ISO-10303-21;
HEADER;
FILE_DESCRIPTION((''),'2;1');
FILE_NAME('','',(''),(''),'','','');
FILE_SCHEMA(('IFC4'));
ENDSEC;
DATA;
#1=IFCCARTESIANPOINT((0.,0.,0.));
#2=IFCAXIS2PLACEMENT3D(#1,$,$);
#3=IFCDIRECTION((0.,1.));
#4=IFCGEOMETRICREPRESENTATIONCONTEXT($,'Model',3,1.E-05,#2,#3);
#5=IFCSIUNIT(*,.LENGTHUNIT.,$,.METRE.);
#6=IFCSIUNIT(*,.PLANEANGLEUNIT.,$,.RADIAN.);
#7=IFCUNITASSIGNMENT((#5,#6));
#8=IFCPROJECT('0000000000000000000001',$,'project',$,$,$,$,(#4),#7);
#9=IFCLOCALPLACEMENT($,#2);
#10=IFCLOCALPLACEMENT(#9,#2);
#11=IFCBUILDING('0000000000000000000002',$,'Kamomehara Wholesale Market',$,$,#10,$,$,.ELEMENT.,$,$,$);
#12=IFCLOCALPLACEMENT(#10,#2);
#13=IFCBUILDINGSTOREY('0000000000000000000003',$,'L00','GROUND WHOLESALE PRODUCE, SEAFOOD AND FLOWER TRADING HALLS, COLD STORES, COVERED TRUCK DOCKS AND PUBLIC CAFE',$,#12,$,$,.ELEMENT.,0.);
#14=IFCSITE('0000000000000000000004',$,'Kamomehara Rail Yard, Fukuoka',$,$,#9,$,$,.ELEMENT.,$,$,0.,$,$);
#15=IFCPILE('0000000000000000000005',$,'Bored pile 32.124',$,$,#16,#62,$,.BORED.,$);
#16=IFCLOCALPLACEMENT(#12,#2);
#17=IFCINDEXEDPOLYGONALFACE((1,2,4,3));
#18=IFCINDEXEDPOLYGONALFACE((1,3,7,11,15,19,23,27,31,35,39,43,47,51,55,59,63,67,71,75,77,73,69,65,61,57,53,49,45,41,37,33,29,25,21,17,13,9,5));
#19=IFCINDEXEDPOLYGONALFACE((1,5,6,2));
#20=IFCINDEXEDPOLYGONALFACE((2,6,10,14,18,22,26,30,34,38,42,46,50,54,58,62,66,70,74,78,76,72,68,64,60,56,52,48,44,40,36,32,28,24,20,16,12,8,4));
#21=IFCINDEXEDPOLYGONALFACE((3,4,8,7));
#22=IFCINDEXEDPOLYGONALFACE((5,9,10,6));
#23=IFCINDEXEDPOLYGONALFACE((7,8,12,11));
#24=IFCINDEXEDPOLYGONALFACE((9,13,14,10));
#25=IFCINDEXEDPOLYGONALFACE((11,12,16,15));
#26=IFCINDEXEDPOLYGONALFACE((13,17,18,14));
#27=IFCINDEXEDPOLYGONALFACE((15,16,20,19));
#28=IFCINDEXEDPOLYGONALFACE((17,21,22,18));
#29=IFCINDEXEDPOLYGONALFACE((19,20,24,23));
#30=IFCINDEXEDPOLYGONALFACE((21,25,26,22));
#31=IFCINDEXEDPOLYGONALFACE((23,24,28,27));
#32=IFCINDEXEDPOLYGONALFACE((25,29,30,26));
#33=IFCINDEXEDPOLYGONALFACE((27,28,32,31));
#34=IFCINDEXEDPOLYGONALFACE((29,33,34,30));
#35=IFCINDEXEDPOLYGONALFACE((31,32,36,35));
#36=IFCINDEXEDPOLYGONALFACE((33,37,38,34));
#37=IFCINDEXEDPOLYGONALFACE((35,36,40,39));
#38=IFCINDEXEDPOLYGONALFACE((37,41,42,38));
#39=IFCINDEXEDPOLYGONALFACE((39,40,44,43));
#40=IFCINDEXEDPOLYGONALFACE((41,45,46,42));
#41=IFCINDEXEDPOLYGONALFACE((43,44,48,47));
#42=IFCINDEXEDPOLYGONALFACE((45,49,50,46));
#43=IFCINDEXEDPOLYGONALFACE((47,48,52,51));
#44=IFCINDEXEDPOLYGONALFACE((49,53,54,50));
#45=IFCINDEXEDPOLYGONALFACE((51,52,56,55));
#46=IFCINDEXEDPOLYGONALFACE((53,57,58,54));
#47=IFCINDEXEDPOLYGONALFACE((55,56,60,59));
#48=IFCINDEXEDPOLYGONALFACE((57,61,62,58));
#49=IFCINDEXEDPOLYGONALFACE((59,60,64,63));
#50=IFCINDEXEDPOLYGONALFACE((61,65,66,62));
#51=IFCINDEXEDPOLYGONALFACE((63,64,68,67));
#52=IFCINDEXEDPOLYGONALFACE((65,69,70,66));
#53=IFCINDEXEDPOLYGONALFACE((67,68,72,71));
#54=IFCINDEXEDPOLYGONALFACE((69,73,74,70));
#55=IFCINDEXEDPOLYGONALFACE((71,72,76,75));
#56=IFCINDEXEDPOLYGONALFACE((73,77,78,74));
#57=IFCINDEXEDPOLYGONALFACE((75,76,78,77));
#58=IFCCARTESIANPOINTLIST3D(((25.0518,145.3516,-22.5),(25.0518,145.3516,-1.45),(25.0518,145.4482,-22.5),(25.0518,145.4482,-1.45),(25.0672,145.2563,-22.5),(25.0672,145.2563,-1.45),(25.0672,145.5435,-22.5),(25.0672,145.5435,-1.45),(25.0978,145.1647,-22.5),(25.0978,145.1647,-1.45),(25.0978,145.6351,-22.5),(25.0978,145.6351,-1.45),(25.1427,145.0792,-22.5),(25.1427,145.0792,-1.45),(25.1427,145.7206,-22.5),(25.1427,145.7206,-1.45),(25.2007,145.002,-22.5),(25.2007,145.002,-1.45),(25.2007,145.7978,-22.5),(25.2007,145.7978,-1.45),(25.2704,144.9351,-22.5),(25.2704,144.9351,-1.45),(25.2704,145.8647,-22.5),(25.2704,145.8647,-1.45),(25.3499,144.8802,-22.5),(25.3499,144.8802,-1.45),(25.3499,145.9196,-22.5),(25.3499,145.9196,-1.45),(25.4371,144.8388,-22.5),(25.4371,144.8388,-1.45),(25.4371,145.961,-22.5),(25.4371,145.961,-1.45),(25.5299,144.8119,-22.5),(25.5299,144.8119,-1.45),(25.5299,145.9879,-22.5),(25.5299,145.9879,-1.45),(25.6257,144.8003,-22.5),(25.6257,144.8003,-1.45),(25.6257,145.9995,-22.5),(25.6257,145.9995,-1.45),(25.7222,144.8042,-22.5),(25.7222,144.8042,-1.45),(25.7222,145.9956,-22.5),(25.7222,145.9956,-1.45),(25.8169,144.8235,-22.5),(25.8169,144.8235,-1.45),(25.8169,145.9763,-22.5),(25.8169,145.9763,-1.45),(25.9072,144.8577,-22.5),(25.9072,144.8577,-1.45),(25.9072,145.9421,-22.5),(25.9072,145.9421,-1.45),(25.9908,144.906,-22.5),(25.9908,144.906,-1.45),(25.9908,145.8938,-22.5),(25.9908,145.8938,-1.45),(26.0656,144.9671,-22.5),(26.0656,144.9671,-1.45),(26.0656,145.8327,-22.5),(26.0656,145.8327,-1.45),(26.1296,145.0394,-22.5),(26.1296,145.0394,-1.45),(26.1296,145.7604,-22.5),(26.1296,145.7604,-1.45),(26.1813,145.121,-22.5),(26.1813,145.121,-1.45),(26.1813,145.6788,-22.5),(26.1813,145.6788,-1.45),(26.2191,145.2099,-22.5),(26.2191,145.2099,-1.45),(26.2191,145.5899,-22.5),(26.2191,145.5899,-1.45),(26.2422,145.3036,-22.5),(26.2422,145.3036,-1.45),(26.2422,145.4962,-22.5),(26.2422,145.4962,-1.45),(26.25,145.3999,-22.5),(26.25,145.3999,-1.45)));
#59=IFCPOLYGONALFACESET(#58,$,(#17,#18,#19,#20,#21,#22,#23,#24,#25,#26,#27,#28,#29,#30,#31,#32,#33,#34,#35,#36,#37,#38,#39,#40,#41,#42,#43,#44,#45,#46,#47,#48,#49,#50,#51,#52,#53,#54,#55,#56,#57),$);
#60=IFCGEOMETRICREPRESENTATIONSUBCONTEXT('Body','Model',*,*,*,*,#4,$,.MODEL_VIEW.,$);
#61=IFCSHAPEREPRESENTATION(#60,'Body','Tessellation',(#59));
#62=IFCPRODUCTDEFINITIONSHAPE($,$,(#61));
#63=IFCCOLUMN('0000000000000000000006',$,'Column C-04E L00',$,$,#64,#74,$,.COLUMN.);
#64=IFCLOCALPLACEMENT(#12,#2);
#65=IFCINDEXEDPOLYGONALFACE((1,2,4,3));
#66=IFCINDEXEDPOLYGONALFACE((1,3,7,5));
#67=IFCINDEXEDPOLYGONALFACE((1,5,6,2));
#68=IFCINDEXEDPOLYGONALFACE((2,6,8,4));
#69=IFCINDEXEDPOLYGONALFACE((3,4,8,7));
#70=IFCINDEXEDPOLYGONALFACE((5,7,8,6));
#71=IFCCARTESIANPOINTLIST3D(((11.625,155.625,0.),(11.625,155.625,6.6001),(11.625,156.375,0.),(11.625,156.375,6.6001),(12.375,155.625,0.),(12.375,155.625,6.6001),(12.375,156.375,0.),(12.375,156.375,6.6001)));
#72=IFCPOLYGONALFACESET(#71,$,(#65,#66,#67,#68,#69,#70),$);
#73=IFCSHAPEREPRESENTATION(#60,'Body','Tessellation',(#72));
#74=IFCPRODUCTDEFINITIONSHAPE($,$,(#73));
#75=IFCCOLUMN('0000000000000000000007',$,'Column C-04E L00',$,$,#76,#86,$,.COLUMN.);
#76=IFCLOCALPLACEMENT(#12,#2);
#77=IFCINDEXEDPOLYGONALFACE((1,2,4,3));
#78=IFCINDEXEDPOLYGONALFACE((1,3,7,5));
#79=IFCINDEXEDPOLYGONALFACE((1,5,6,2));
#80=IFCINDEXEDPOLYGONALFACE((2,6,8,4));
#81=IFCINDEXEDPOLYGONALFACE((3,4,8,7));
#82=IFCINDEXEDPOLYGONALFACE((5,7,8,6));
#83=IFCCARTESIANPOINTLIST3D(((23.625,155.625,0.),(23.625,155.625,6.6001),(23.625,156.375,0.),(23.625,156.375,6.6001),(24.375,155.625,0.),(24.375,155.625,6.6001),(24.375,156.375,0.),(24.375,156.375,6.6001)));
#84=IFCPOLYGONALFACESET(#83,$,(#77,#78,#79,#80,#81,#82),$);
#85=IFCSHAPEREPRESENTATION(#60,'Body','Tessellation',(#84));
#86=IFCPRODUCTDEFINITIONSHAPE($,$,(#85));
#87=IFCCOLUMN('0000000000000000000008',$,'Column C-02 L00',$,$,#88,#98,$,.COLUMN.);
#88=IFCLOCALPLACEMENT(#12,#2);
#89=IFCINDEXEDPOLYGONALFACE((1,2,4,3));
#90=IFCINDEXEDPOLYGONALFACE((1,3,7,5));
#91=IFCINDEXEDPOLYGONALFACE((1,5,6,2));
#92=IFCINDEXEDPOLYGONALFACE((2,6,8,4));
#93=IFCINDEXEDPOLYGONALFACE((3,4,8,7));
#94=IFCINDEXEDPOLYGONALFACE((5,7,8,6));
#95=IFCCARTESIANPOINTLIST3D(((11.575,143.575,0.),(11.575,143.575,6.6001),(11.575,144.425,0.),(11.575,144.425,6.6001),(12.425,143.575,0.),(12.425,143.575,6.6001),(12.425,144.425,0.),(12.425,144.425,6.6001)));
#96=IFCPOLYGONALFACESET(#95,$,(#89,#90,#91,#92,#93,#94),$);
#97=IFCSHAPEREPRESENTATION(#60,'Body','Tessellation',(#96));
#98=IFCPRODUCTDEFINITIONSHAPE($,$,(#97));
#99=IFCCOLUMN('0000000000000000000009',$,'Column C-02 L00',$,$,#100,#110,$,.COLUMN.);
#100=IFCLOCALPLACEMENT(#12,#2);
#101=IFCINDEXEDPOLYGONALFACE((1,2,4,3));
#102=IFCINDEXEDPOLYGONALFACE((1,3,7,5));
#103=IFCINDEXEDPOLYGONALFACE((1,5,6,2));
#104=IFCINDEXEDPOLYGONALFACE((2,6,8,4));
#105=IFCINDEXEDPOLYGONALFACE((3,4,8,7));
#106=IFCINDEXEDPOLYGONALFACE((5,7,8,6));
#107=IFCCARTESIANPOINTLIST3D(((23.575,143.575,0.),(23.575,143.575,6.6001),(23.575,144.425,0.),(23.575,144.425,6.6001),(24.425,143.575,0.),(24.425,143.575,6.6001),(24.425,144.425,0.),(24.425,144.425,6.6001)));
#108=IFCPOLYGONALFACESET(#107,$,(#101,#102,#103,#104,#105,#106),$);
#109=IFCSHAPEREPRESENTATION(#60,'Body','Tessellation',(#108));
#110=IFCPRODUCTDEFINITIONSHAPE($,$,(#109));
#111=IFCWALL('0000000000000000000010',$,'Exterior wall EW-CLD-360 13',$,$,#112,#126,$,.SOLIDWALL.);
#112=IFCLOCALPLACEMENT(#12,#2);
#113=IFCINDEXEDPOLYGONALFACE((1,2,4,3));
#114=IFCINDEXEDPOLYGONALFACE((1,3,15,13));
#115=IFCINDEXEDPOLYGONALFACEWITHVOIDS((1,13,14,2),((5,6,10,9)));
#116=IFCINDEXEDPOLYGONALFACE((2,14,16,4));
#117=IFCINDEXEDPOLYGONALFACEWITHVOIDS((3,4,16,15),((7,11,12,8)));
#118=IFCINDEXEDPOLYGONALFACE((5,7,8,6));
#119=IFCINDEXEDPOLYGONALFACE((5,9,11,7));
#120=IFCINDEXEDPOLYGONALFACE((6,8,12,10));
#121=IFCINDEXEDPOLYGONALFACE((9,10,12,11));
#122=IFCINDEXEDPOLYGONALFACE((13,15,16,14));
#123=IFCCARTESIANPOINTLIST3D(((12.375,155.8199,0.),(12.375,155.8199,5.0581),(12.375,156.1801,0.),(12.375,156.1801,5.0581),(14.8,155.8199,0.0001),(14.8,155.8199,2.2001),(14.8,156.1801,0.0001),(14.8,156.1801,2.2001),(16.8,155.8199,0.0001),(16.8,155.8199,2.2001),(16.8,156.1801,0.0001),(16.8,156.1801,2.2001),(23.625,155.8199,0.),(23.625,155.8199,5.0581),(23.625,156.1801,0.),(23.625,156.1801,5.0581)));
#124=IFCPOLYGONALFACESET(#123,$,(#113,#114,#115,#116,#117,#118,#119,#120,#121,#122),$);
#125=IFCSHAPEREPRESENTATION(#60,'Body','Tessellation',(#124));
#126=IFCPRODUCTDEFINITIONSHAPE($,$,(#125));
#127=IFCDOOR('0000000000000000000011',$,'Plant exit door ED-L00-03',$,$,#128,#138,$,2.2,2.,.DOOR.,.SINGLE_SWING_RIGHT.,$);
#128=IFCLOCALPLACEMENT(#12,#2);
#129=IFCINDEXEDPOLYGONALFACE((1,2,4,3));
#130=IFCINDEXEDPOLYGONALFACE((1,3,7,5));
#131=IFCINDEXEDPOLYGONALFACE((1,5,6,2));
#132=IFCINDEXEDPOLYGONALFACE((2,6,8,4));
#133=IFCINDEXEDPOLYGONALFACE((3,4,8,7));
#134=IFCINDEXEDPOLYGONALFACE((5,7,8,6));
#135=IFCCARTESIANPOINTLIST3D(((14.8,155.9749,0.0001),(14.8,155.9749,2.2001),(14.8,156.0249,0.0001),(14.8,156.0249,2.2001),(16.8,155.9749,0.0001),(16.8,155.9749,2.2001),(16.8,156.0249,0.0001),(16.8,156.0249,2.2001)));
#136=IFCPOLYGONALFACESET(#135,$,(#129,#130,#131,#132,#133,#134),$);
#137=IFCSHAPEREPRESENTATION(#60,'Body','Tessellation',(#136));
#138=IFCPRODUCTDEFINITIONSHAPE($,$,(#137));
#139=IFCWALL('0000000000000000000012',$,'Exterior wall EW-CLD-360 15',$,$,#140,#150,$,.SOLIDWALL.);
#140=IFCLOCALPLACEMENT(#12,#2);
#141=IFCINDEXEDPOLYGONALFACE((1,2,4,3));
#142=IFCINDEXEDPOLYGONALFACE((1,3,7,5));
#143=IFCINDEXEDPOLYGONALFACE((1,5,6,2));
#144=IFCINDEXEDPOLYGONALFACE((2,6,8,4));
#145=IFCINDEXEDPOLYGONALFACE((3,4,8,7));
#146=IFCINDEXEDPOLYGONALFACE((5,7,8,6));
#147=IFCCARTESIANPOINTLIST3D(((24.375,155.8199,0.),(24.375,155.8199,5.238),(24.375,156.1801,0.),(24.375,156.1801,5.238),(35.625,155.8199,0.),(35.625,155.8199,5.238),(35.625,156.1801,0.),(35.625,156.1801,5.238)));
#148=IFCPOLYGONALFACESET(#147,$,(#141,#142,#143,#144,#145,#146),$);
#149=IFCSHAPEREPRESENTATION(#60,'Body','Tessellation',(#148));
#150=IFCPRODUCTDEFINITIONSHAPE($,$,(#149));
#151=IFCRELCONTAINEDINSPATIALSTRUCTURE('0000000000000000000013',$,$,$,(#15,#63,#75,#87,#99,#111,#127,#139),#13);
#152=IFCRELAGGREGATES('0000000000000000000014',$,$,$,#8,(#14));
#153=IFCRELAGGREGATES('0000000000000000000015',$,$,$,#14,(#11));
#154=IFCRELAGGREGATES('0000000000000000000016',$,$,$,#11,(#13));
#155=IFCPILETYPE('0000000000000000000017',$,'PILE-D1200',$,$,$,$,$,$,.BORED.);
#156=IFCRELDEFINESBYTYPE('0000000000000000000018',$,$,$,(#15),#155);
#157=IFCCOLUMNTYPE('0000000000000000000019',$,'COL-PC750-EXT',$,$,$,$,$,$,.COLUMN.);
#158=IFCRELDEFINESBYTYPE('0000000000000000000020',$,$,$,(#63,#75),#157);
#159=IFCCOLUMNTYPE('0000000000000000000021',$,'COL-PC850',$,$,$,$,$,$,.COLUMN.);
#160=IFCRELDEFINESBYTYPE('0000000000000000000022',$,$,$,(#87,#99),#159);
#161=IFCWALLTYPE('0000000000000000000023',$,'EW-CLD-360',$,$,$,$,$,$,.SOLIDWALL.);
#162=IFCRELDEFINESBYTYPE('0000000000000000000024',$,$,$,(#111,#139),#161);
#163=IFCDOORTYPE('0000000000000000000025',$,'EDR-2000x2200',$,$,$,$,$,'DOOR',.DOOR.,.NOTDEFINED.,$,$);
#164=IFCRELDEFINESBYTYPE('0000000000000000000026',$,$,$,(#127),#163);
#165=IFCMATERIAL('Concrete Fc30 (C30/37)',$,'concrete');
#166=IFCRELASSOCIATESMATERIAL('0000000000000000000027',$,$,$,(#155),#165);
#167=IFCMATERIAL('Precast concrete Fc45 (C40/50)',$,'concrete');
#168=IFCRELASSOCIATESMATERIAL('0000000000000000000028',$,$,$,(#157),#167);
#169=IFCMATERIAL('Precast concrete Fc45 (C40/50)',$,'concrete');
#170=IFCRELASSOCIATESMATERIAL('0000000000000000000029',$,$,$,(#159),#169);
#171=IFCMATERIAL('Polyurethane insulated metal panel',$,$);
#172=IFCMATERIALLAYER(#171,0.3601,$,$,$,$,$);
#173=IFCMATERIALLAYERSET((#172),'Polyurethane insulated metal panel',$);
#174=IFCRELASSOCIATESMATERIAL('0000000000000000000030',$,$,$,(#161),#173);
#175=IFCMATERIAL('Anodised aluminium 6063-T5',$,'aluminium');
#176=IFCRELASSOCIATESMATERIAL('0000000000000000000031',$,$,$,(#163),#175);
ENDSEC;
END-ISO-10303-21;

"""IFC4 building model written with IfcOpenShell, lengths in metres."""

from ifc_helpers import new_model, si_unit, direction, frame, frame_2d, origin, origin_2d, place, context, subcontext, project, spatial, rectangle, circle, extrude, material, layer, layer_set, material_profile, profile_set, type_object, element, fill, save


model = new_model("IFC4")

# Units and contexts
model_context = context("Model", 3, precision=1e-05, world=origin(), true_north=direction((0.0, 1.0)))
body_context = subcontext(model_context, "Body", "Model", "MODEL_VIEW")
ifc_project = project(units=[si_unit("LENGTHUNIT", "METRE"), si_unit("PLANEANGLEUNIT", "RADIAN")], contexts=[model_context])

# Site, building, storey
site_placement = place(None, origin())
site = spatial("IfcSite", under=ifc_project, at=site_placement, Name="Kamomehara Rail Yard, Fukuoka", CompositionType="ELEMENT", RefElevation=0.0)
building_placement = place(site_placement, origin())
building = spatial("IfcBuilding", under=site, at=building_placement, Name="Kamomehara Wholesale Market", CompositionType="ELEMENT")
storey_placement = place(building_placement, origin())
storey = spatial("IfcBuildingStorey", under=building, at=storey_placement, Name="L00", Description="GROUND WHOLESALE PRODUCE, SEAFOOD AND FLOWER TRADING HALLS, COLD STORES, COVERED TRUCK DOCKS AND PUBLIC CAFE", CompositionType="ELEMENT", Elevation=0.0)

# Pile
ifc_material_1 = material(Name="Concrete Fc30 (C30/37)", Category="concrete")
ifc_material_profile_1 = material_profile(ifc_material_1, circle(Radius=0.6001, at=origin_2d()), Name="RC-PILE-D1200")
ifc_profile_set_1 = profile_set([ifc_material_profile_1], Name="Concrete Fc30 (C30/37)")
pile_type_1 = type_object("IfcPileType", Name="PILE-D1200", PredefinedType="BORED", material=ifc_profile_set_1)
for number, where, z_axis, x_axis, name in (
    (1, (25.6499, 145.3999, -1.45), (0.0, 0.0, -1.0), (1.0, 0.0, 0.0), "Bored pile 32.124"),
):
    element("IfcPile", number, at=place(storey_placement, frame(where, z_axis=z_axis, x_axis=x_axis)), inside=storey, type_object=pile_type_1, Name=name, PredefinedType="BORED", context=body_context, shape_type="SweptSolid", body=[
        extrude(circle(Radius=0.6001, at=origin_2d()), origin(), (0.0, 0.0, 1.0), 21.05),
    ])

# Columns
ifc_material_2 = material(Name="Precast concrete Fc45 (C40/50)", Category="concrete")
ifc_material_profile_2 = material_profile(ifc_material_2, rectangle(XDim=0.75, YDim=0.75, at=origin_2d()), Name="PC-COL-750x750")
ifc_profile_set_2 = profile_set([ifc_material_profile_2], Name="Precast concrete Fc45 (C40/50)")
column_type_1 = type_object("IfcColumnType", Name="COL-PC750-EXT", PredefinedType="COLUMN", material=ifc_profile_set_2)
for number, where, z_axis, x_axis, name in (
    (2, (12.0, 156.0, 0.0), (0.0, 0.0, 1.0), (1.0, 0.0, 0.0), "Column C-04E L00"),
    (3, (24.0, 156.0, 0.0), (0.0, 0.0, 1.0), (1.0, 0.0, 0.0), "Column C-04E L00"),
):
    element("IfcColumn", number, at=place(storey_placement, frame(where, z_axis=z_axis, x_axis=x_axis)), inside=storey, type_object=column_type_1, Name=name, PredefinedType="COLUMN", context=body_context, shape_type="SweptSolid", body=[
        extrude(rectangle(XDim=0.75, YDim=0.75, at=origin_2d()), origin(), (0.0, 0.0, 1.0), 6.6001),
    ])
ifc_material_3 = material(Name="Precast concrete Fc45 (C40/50)", Category="concrete")
ifc_material_profile_3 = material_profile(ifc_material_3, rectangle(XDim=0.8501, YDim=0.8501, at=origin_2d()), Name="PC-COL-850x850")
ifc_profile_set_3 = profile_set([ifc_material_profile_3], Name="Precast concrete Fc45 (C40/50)")
column_type_2 = type_object("IfcColumnType", Name="COL-PC850", PredefinedType="COLUMN", material=ifc_profile_set_3)
for number, where, z_axis, x_axis, name in (
    (4, (12.0, 144.0, 0.0), (0.0, 0.0, 1.0), (1.0, 0.0, 0.0), "Column C-02 L00"),
    (5, (24.0, 144.0, 0.0), (0.0, 0.0, 1.0), (1.0, 0.0, 0.0), "Column C-02 L00"),
):
    element("IfcColumn", number, at=place(storey_placement, frame(where, z_axis=z_axis, x_axis=x_axis)), inside=storey, type_object=column_type_2, Name=name, PredefinedType="COLUMN", context=body_context, shape_type="SweptSolid", body=[
        extrude(rectangle(XDim=0.8501, YDim=0.8501, at=origin_2d()), origin(), (0.0, 0.0, 1.0), 6.6001),
    ])

# Wall, opening, door
ifc_material_4 = material(Name="Polyurethane insulated metal panel")
ifc_layer = layer(ifc_material_4, 0.3601)
ifc_layer_set = layer_set([ifc_layer], Name="Polyurethane insulated metal panel")
wall_type = type_object("IfcWallType", Name="EW-CLD-360", PredefinedType="SOLIDWALL", material=ifc_layer_set)
wall_1_placement = place(storey_placement, frame((12.375, 156.0, 0.0), z_axis=(0.0, 0.0, 1.0), x_axis=(1.0, 0.0, 0.0)))
wall_1 = element("IfcWall", 6, at=wall_1_placement, inside=storey, type_object=wall_type, Name="Exterior wall EW-CLD-360 13", PredefinedType="SOLIDWALL", context=body_context, shape_type="SweptSolid", body=[
    extrude(rectangle(XDim=11.25, YDim=0.3601, at=frame_2d((5.625, 0.0))), origin(), (0.0, 0.0, 1.0), 5.0581),
])
opening_placement = place(wall_1_placement, frame((2.425, 0.0, 0.0)))
opening = element("IfcOpeningElement", 7, at=opening_placement, cuts=wall_1, PredefinedType="OPENING", context=body_context, shape_type="SweptSolid", body=[
    extrude(rectangle(XDim=2.0, YDim=2.2, at=frame_2d((1.0, 1.1001))), frame((0.0, 0.1948, 0.0), z_axis=(0.0, -1.0, 0.0), x_axis=(1.0, 0.0, 0.0)), (0.0, 0.0, 1.0), 0.3899),
])
ifc_material_5 = material(Name="Anodised aluminium 6063-T5", Category="aluminium")
door_type = type_object("IfcDoorType", Name="EDR-2000x2200", ElementType="DOOR", OperationType="NOTDEFINED", PredefinedType="DOOR", material=ifc_material_5)
door_placement = place(opening_placement, origin())
door = element("IfcDoor", 8, at=door_placement, inside=storey, type_object=door_type, Name="Plant exit door ED-L00-03", OperationType="SINGLE_SWING_RIGHT", OverallHeight=2.2, OverallWidth=2.0, PredefinedType="DOOR", context=body_context, shape_type="SweptSolid", body=[
    extrude(rectangle(XDim=2.0, YDim=2.2, at=frame_2d((1.0, 1.1001))), frame((0.0, 0.0249, 0.0), z_axis=(0.0, -1.0, 0.0), x_axis=(1.0, 0.0, 0.0)), (0.0, 0.0, 1.0), 0.05),
])
fill(opening, door)

# Wall
wall_2_placement = place(storey_placement, frame((24.375, 156.0, 0.0), z_axis=(0.0, 0.0, 1.0), x_axis=(1.0, 0.0, 0.0)))
element("IfcWall", 9, at=wall_2_placement, inside=storey, type_object=wall_type, Name="Exterior wall EW-CLD-360 15", PredefinedType="SOLIDWALL", context=body_context, shape_type="SweptSolid", body=[
    extrude(rectangle(XDim=11.25, YDim=0.3601, at=frame_2d((5.625, 0.0))), origin(), (0.0, 0.0, 1.0), 5.238),
])

save(model, "model.ifc")
